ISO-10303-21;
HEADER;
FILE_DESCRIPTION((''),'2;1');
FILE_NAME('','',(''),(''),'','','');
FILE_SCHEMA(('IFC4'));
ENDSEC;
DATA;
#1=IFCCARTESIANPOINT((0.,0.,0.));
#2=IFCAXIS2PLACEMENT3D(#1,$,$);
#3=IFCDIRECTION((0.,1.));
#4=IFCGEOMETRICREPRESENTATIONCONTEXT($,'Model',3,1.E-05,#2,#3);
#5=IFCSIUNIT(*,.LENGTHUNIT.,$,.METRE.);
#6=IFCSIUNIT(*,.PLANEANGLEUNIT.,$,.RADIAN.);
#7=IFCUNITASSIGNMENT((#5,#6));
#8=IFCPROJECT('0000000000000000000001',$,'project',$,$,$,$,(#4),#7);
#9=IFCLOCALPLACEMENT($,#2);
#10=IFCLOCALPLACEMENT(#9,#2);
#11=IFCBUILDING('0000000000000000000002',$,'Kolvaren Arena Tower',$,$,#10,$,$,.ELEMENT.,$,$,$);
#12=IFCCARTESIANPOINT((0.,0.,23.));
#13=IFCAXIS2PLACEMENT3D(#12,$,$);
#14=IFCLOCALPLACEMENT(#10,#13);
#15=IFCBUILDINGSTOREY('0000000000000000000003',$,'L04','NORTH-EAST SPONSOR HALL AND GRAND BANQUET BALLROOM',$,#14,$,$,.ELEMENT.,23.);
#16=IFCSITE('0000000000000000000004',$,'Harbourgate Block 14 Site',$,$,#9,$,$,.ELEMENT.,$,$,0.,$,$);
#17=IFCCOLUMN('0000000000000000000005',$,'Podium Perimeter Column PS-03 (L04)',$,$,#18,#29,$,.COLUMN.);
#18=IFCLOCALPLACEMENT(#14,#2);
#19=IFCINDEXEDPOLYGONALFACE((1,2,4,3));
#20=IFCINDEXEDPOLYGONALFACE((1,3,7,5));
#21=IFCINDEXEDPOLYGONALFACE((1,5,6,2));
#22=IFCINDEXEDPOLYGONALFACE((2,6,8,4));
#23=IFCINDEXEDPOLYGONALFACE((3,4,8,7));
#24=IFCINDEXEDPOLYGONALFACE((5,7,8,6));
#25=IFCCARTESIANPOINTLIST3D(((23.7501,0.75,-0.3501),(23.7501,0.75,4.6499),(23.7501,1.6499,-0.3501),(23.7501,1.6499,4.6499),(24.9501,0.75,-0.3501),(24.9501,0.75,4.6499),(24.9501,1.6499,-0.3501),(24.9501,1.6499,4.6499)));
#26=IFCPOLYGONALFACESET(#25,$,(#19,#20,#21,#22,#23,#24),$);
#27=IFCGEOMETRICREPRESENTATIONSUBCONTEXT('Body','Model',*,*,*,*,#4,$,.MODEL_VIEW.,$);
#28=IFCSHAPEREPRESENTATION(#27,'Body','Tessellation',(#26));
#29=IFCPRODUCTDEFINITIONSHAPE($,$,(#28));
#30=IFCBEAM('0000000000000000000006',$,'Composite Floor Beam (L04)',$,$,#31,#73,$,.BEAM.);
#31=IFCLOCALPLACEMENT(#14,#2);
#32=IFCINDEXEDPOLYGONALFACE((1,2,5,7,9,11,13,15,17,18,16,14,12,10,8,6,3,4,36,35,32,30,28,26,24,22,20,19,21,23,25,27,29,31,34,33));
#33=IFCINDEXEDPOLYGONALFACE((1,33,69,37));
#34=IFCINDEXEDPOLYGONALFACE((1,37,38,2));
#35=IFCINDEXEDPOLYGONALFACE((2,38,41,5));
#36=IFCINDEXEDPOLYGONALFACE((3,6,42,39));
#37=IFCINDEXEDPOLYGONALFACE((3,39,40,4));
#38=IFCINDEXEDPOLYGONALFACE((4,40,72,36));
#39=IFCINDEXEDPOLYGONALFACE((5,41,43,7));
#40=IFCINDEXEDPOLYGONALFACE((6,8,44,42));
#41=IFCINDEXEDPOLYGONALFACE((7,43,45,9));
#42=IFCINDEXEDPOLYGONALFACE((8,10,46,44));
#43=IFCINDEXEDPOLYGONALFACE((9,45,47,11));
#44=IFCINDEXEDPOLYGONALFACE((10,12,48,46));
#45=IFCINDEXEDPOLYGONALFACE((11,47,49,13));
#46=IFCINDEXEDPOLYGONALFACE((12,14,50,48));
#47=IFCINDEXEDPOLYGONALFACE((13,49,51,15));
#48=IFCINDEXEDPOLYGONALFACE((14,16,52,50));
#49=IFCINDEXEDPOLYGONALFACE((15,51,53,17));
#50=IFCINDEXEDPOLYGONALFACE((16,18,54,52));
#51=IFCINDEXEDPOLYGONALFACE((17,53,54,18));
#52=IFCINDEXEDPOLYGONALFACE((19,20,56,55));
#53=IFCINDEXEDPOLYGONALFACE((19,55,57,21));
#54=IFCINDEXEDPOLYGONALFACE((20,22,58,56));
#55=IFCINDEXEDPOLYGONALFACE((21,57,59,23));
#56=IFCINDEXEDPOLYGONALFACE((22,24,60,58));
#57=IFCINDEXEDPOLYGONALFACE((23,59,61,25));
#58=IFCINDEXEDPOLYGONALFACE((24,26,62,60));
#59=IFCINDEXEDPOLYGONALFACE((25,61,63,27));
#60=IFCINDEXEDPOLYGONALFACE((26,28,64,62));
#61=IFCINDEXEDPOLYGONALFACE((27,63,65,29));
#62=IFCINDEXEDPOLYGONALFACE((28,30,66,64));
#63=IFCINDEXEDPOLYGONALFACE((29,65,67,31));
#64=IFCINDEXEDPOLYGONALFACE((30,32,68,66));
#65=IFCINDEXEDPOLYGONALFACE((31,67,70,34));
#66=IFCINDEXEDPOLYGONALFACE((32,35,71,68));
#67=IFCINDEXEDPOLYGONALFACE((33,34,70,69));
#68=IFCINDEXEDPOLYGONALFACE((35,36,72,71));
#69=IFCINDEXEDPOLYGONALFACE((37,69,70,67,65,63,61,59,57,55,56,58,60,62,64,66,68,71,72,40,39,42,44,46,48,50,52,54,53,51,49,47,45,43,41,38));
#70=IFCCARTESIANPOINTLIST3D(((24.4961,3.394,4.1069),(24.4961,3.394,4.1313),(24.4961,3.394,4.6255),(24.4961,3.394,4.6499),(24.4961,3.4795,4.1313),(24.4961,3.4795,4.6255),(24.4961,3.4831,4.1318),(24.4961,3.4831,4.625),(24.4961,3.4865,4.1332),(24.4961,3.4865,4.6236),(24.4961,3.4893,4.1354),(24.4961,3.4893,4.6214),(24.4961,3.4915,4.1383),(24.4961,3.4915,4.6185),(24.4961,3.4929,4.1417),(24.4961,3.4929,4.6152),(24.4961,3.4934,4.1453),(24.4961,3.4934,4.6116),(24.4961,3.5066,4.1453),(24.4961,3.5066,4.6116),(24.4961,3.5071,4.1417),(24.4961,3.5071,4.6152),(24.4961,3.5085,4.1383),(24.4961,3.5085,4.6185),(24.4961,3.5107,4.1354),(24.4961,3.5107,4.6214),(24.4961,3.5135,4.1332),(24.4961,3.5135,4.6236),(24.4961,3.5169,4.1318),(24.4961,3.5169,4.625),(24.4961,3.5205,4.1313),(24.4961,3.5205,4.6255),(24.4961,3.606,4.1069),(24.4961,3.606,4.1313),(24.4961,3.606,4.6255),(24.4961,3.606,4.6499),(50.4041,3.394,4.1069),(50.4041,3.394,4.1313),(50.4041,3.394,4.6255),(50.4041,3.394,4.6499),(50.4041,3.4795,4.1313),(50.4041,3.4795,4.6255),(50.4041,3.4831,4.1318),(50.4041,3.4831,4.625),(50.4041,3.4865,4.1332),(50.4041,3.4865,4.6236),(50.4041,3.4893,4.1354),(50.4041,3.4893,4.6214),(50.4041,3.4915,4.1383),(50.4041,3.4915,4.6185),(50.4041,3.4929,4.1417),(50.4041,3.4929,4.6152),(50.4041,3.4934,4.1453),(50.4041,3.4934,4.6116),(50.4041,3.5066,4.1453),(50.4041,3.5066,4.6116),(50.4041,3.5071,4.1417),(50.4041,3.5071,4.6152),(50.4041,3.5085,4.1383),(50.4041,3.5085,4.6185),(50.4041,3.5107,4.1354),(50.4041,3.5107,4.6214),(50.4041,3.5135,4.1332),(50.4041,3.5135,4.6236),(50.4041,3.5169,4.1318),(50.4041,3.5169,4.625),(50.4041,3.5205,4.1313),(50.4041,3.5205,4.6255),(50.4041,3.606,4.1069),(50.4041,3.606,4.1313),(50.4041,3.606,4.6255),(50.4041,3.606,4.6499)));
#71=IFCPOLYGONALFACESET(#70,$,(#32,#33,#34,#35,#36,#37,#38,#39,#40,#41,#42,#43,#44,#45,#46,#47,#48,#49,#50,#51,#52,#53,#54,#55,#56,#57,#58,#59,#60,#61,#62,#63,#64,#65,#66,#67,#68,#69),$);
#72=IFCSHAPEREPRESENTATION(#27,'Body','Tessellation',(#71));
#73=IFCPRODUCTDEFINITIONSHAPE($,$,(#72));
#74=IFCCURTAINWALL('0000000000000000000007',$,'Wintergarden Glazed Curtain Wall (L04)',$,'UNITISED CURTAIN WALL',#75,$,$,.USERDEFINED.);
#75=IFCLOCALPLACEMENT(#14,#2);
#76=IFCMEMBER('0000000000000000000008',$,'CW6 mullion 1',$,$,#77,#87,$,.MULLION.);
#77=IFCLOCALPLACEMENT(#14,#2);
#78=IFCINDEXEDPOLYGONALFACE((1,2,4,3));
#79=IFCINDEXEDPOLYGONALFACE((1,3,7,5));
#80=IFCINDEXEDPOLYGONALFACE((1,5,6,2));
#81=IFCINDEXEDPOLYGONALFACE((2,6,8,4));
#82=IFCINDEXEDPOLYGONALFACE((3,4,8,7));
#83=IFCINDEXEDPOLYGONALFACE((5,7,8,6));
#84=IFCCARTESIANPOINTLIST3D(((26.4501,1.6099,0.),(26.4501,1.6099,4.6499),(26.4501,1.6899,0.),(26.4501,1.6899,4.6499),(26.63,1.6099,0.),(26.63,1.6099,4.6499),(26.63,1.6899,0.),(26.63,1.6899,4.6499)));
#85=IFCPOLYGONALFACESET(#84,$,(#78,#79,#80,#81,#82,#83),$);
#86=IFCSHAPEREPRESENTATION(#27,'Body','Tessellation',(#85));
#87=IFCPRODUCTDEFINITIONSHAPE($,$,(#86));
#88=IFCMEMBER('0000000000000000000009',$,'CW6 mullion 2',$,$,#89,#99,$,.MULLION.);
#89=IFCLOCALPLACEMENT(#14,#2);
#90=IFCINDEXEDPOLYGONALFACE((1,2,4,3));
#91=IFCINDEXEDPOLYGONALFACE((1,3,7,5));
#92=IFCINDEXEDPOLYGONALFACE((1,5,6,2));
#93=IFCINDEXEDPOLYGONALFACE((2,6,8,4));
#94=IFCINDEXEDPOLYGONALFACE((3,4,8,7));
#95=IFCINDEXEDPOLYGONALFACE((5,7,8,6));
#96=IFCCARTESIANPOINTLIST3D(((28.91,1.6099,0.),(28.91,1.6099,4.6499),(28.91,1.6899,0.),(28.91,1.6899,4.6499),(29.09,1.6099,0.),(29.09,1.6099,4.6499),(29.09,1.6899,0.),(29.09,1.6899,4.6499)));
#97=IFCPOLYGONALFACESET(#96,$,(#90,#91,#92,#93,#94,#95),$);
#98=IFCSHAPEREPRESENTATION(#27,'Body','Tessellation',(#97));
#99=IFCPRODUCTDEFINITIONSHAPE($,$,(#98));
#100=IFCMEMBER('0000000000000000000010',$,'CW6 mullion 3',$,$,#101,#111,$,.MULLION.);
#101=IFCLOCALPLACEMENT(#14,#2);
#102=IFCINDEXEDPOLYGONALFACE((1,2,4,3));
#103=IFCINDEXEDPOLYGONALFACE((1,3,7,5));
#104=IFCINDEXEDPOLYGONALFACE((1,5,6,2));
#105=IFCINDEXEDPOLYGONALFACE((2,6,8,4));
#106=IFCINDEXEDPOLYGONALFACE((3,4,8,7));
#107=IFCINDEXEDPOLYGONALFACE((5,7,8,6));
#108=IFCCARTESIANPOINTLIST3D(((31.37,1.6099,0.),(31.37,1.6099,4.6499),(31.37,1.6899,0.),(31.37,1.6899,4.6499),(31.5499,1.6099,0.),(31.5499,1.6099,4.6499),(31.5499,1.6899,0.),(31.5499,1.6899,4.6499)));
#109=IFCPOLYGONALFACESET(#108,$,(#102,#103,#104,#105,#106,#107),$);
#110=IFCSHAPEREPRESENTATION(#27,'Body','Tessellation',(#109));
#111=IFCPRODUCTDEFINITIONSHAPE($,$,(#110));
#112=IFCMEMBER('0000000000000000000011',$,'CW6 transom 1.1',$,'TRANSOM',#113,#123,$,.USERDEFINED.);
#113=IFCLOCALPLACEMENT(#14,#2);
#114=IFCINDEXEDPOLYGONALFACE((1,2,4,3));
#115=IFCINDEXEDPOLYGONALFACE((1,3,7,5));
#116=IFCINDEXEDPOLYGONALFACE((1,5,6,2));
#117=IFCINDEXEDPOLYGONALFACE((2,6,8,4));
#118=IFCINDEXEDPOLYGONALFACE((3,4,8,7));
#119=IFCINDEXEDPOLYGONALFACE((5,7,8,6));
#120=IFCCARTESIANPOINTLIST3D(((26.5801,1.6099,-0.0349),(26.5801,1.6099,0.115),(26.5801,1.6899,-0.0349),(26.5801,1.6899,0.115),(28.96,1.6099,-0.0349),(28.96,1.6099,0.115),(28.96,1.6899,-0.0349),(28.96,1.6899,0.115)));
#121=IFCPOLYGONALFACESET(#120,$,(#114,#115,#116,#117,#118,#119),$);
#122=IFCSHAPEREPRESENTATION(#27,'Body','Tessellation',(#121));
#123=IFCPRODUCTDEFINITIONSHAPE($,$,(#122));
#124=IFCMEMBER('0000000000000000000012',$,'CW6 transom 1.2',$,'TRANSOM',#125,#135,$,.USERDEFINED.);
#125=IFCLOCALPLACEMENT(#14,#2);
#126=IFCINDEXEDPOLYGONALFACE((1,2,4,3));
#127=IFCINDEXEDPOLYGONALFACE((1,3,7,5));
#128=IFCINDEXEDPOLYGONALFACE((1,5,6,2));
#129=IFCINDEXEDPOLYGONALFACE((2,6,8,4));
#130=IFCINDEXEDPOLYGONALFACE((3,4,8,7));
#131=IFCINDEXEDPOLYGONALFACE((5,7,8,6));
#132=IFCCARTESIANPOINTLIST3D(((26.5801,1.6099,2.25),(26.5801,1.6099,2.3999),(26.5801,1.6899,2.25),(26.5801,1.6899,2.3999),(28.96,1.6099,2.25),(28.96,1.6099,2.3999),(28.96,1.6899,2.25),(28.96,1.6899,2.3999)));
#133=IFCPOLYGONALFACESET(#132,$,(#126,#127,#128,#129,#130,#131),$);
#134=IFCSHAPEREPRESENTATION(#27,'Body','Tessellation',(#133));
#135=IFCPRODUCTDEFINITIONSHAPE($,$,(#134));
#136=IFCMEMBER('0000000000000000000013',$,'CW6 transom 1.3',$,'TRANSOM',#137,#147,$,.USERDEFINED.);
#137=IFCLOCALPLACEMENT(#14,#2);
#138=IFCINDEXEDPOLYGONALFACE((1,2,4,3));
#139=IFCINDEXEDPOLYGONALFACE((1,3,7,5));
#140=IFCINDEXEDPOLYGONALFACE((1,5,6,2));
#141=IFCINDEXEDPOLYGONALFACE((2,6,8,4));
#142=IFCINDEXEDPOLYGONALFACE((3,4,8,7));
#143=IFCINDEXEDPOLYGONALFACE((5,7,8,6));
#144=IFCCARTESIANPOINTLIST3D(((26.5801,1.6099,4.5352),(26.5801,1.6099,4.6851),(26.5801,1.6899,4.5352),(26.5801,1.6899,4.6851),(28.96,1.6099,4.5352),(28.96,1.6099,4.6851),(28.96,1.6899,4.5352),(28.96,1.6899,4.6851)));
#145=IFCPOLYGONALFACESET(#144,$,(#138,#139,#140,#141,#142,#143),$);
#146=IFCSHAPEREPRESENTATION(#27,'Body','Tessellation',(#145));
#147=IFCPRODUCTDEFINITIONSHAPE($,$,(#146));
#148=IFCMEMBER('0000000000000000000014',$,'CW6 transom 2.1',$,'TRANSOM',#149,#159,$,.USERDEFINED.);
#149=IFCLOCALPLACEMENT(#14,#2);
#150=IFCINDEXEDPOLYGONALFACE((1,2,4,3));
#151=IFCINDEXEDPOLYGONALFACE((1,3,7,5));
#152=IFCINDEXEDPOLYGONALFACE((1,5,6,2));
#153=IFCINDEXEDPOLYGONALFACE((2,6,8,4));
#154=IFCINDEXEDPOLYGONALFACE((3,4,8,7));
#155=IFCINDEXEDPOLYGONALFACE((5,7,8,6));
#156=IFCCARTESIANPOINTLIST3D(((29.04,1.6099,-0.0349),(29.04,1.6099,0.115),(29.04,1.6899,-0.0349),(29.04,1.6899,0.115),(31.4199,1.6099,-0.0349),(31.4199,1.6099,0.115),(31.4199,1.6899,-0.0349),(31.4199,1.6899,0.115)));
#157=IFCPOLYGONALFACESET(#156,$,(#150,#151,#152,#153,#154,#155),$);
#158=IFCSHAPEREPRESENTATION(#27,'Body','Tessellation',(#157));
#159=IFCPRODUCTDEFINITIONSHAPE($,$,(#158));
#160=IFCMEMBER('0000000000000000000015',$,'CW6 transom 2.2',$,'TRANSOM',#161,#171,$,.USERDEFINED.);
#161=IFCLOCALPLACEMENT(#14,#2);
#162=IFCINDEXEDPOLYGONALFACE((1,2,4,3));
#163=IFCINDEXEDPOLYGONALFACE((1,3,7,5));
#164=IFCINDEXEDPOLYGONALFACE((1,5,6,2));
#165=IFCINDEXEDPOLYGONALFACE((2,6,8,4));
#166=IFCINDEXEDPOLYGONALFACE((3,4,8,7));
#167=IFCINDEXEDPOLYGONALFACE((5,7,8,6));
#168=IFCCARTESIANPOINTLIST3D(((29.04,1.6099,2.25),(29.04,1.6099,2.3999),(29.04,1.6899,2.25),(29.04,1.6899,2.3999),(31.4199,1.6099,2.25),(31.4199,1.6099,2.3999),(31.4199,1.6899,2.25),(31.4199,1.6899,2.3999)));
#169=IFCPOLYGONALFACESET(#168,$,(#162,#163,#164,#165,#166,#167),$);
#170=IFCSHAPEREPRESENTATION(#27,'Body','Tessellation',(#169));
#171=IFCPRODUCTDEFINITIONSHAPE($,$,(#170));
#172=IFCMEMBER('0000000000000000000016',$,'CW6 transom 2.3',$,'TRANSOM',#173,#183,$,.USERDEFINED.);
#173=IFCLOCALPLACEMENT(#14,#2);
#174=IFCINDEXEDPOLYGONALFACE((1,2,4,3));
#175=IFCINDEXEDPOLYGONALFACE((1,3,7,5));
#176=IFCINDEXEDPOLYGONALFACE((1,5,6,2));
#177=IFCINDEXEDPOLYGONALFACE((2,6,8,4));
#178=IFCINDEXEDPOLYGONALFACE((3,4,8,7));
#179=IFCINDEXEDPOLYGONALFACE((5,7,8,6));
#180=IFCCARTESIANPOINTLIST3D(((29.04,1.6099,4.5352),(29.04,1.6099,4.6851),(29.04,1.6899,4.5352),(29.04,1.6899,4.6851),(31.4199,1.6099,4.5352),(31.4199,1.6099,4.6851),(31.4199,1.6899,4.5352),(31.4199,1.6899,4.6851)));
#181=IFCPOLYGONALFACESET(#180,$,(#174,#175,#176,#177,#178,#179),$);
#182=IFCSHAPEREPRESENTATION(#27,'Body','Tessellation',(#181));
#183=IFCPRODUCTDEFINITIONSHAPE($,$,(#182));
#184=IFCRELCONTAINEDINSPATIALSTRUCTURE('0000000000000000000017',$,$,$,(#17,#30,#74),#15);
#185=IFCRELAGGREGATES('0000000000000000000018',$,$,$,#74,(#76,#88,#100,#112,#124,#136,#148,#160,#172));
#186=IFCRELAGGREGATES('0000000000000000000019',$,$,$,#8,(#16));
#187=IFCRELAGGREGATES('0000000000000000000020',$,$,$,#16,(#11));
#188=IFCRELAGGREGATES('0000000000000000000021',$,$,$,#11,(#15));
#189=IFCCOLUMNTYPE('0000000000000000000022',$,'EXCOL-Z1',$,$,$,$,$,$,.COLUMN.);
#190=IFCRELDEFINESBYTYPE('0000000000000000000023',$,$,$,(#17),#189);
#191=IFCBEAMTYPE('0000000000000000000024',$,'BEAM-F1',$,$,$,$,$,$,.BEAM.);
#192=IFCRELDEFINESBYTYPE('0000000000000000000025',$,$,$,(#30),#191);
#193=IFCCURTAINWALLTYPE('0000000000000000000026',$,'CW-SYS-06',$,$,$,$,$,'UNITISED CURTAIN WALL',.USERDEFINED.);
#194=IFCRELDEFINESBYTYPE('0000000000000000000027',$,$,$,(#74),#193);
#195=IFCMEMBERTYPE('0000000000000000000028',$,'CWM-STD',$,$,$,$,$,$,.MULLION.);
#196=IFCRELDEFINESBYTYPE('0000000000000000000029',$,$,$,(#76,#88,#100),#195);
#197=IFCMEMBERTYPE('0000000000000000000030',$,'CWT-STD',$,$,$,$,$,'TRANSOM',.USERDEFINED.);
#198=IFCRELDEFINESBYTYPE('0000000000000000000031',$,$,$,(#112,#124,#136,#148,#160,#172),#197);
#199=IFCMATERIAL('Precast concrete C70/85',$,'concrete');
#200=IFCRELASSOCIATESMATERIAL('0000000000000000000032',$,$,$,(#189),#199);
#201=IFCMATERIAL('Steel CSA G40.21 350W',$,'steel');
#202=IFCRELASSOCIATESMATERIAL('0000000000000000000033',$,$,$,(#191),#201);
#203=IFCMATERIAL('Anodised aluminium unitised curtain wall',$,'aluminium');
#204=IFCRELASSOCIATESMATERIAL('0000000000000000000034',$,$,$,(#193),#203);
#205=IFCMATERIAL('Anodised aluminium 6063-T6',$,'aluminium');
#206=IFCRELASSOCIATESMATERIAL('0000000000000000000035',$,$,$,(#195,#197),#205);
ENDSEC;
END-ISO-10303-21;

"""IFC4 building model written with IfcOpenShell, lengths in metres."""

from ifc_helpers import new_model, si_unit, direction, frame, origin, origin_2d, place, context, subcontext, project, spatial, rectangle, i_section, extrude, material, material_profile, profile_set, type_object, element, aggregate, save


model = new_model("IFC4")

# Units and contexts
model_context = context("Model", 3, precision=1e-05, world=origin(), true_north=direction((0.0, 1.0)))
body_context = subcontext(model_context, "Body", "Model", "MODEL_VIEW")
ifc_project = project(units=[si_unit("LENGTHUNIT", "METRE"), si_unit("PLANEANGLEUNIT", "RADIAN")], contexts=[model_context])

# Site, building, storey
site_placement = place(None, origin())
site = spatial("IfcSite", under=ifc_project, at=site_placement, Name="Harbourgate Block 14 Site", CompositionType="ELEMENT", RefElevation=0.0)
building_placement = place(site_placement, origin())
building = spatial("IfcBuilding", under=site, at=building_placement, Name="Kolvaren Arena Tower", CompositionType="ELEMENT")
storey_placement = place(building_placement, frame((0.0, 0.0, 23.0)))
storey = spatial("IfcBuildingStorey", under=building, at=storey_placement, Name="L04", Description="NORTH-EAST SPONSOR HALL AND GRAND BANQUET BALLROOM", CompositionType="ELEMENT", Elevation=23.0)

# Column
ifc_material_1 = material(Name="Precast concrete C70/85", Category="concrete")
ifc_material_profile_1 = material_profile(ifc_material_1, rectangle(XDim=1.2, YDim=0.8999, at=origin_2d()), Name="RC-1200x900")
ifc_profile_set_1 = profile_set([ifc_material_profile_1], Name="Precast concrete C70/85")
column_type = type_object("IfcColumnType", Name="EXCOL-Z1", PredefinedType="COLUMN", material=ifc_profile_set_1)
column_placement = place(storey_placement, frame((24.3501, 1.2, -0.3501), z_axis=(0.0, 0.0, 1.0), x_axis=(1.0, 0.0, 0.0)))
element("IfcColumn", 1, at=column_placement, inside=storey, type_object=column_type, Name="Podium Perimeter Column PS-03 (L04)", PredefinedType="COLUMN", context=body_context, shape_type="SweptSolid", body=[
    extrude(rectangle(XDim=1.2, YDim=0.8999, at=origin_2d()), origin(), (0.0, 0.0, 1.0), 5.0),
])

# Beam
ifc_material_2 = material(Name="Steel CSA G40.21 350W", Category="steel")
ifc_material_profile_2 = material_profile(ifc_material_2, i_section(OverallWidth=0.2119, OverallDepth=0.543, WebThickness=0.0132, FlangeThickness=0.0244, FilletRadius=0.0139, at=origin_2d()), Name="W530x150")
ifc_profile_set_2 = profile_set([ifc_material_profile_2], Name="Steel CSA G40.21 350W")
beam_type_1 = type_object("IfcBeamType", Name="BEAM-F1", PredefinedType="BEAM", material=ifc_profile_set_2)
beam_1_placement = place(storey_placement, frame((24.4961, 3.5, 4.3784), z_axis=(1.0, 0.0, 0.0), x_axis=(0.0, 1.0, 0.0)))
element("IfcBeam", 2, at=beam_1_placement, inside=storey, type_object=beam_type_1, Name="Composite Floor Beam (L04)", PredefinedType="BEAM", context=body_context, shape_type="SweptSolid", body=[
    extrude(i_section(OverallWidth=0.2119, OverallDepth=0.543, WebThickness=0.0132, FlangeThickness=0.0244, FilletRadius=0.0139, at=origin_2d()), origin(), (0.0, 0.0, 1.0), 25.908),
])

# Curtain wall, members
ifc_material_3 = material(Name="Anodised aluminium unitised curtain wall", Category="aluminium")
curtain_wall_type = type_object("IfcCurtainWallType", Name="CW-SYS-06", ElementType="UNITISED CURTAIN WALL", PredefinedType="USERDEFINED", material=ifc_material_3)
curtain_wall_placement = place(storey_placement, origin())
curtain_wall = element("IfcCurtainWall", 3, at=curtain_wall_placement, inside=storey, type_object=curtain_wall_type, Name="Wintergarden Glazed Curtain Wall (L04)", ObjectType="UNITISED CURTAIN WALL", PredefinedType="USERDEFINED")
ifc_material_4 = material(Name="Anodised aluminium 6063-T6", Category="aluminium")
ifc_material_profile_3 = material_profile(ifc_material_4, rectangle(XDim=0.0801, YDim=0.1799, at=origin_2d()), Name="ALU-80x180")
ifc_profile_set_3 = profile_set([ifc_material_profile_3], Name="Anodised aluminium 6063-T6")
member_type_1 = type_object("IfcMemberType", Name="CWM-STD", PredefinedType="MULLION", material=ifc_profile_set_3)
member_1_placement = place(storey_placement, frame((26.54, 1.6499, 0.0), z_axis=(0.0, 0.0, 1.0), x_axis=(0.0, 1.0, 0.0)))
member_1 = element("IfcMember", 4, at=member_1_placement, type_object=member_type_1, Name="CW6 mullion 1", PredefinedType="MULLION", context=body_context, shape_type="SweptSolid", body=[
    extrude(rectangle(XDim=0.0801, YDim=0.1799, at=origin_2d()), origin(), (0.0, 0.0, 1.0), 4.6499),
])
member_2_placement = place(storey_placement, frame((29.0, 1.6499, 0.0), z_axis=(0.0, 0.0, 1.0), x_axis=(0.0, 1.0, 0.0)))
member_2 = element("IfcMember", 5, at=member_2_placement, type_object=member_type_1, Name="CW6 mullion 2", PredefinedType="MULLION", context=body_context, shape_type="SweptSolid", body=[
    extrude(rectangle(XDim=0.0801, YDim=0.1799, at=origin_2d()), origin(), (0.0, 0.0, 1.0), 4.6499),
])
member_3_placement = place(storey_placement, frame((31.46, 1.6499, 0.0), z_axis=(0.0, 0.0, 1.0), x_axis=(0.0, 1.0, 0.0)))
member_3 = element("IfcMember", 6, at=member_3_placement, type_object=member_type_1, Name="CW6 mullion 3", PredefinedType="MULLION", context=body_context, shape_type="SweptSolid", body=[
    extrude(rectangle(XDim=0.0801, YDim=0.1799, at=origin_2d()), origin(), (0.0, 0.0, 1.0), 4.6499),
])
ifc_material_profile_4 = material_profile(ifc_material_4, rectangle(XDim=0.0801, YDim=0.1499, at=origin_2d()), Name="ALU-80x150")
ifc_profile_set_4 = profile_set([ifc_material_profile_4], Name="Anodised aluminium 6063-T6")
member_type_2 = type_object("IfcMemberType", Name="CWT-STD", ElementType="TRANSOM", PredefinedType="USERDEFINED", material=ifc_profile_set_4)
member_4_placement = place(storey_placement, frame((26.5801, 1.6499, 0.04), z_axis=(1.0, 0.0, 0.0), x_axis=(0.0, 1.0, 0.0)))
member_4 = element("IfcMember", 7, at=member_4_placement, type_object=member_type_2, Name="CW6 transom 1.1", ObjectType="TRANSOM", PredefinedType="USERDEFINED", context=body_context, shape_type="SweptSolid", body=[
    extrude(rectangle(XDim=0.0801, YDim=0.1499, at=origin_2d()), origin(), (0.0, 0.0, 1.0), 2.3799),
])
member_5_placement = place(storey_placement, frame((26.5801, 1.6499, 2.325), z_axis=(1.0, 0.0, 0.0), x_axis=(0.0, 1.0, 0.0)))
member_5 = element("IfcMember", 8, at=member_5_placement, type_object=member_type_2, Name="CW6 transom 1.2", ObjectType="TRANSOM", PredefinedType="USERDEFINED", context=body_context, shape_type="SweptSolid", body=[
    extrude(rectangle(XDim=0.0801, YDim=0.1499, at=origin_2d()), origin(), (0.0, 0.0, 1.0), 2.3799),
])
member_6_placement = place(storey_placement, frame((26.5801, 1.6499, 4.6101), z_axis=(1.0, 0.0, 0.0), x_axis=(0.0, 1.0, 0.0)))
member_6 = element("IfcMember", 9, at=member_6_placement, type_object=member_type_2, Name="CW6 transom 1.3", ObjectType="TRANSOM", PredefinedType="USERDEFINED", context=body_context, shape_type="SweptSolid", body=[
    extrude(rectangle(XDim=0.0801, YDim=0.1499, at=origin_2d()), origin(), (0.0, 0.0, 1.0), 2.3799),
])
member_7_placement = place(storey_placement, frame((29.04, 1.6499, 0.04), z_axis=(1.0, 0.0, 0.0), x_axis=(0.0, 1.0, 0.0)))
member_7 = element("IfcMember", 10, at=member_7_placement, type_object=member_type_2, Name="CW6 transom 2.1", ObjectType="TRANSOM", PredefinedType="USERDEFINED", context=body_context, shape_type="SweptSolid", body=[
    extrude(rectangle(XDim=0.0801, YDim=0.1499, at=origin_2d()), origin(), (0.0, 0.0, 1.0), 2.3799),
])
member_8_placement = place(storey_placement, frame((29.04, 1.6499, 2.325), z_axis=(1.0, 0.0, 0.0), x_axis=(0.0, 1.0, 0.0)))
member_8 = element("IfcMember", 11, at=member_8_placement, type_object=member_type_2, Name="CW6 transom 2.2", ObjectType="TRANSOM", PredefinedType="USERDEFINED", context=body_context, shape_type="SweptSolid", body=[
    extrude(rectangle(XDim=0.0801, YDim=0.1499, at=origin_2d()), origin(), (0.0, 0.0, 1.0), 2.3799),
])
member_9_placement = place(storey_placement, frame((29.04, 1.6499, 4.6101), z_axis=(1.0, 0.0, 0.0), x_axis=(0.0, 1.0, 0.0)))
member_9 = element("IfcMember", 12, at=member_9_placement, type_object=member_type_2, Name="CW6 transom 2.3", ObjectType="TRANSOM", PredefinedType="USERDEFINED", context=body_context, shape_type="SweptSolid", body=[
    extrude(rectangle(XDim=0.0801, YDim=0.1499, at=origin_2d()), origin(), (0.0, 0.0, 1.0), 2.3799),
])

aggregate(curtain_wall, [member_1, member_2, member_3, member_4, member_5, member_6, member_7, member_8, member_9])

save(model, "model.ifc")
